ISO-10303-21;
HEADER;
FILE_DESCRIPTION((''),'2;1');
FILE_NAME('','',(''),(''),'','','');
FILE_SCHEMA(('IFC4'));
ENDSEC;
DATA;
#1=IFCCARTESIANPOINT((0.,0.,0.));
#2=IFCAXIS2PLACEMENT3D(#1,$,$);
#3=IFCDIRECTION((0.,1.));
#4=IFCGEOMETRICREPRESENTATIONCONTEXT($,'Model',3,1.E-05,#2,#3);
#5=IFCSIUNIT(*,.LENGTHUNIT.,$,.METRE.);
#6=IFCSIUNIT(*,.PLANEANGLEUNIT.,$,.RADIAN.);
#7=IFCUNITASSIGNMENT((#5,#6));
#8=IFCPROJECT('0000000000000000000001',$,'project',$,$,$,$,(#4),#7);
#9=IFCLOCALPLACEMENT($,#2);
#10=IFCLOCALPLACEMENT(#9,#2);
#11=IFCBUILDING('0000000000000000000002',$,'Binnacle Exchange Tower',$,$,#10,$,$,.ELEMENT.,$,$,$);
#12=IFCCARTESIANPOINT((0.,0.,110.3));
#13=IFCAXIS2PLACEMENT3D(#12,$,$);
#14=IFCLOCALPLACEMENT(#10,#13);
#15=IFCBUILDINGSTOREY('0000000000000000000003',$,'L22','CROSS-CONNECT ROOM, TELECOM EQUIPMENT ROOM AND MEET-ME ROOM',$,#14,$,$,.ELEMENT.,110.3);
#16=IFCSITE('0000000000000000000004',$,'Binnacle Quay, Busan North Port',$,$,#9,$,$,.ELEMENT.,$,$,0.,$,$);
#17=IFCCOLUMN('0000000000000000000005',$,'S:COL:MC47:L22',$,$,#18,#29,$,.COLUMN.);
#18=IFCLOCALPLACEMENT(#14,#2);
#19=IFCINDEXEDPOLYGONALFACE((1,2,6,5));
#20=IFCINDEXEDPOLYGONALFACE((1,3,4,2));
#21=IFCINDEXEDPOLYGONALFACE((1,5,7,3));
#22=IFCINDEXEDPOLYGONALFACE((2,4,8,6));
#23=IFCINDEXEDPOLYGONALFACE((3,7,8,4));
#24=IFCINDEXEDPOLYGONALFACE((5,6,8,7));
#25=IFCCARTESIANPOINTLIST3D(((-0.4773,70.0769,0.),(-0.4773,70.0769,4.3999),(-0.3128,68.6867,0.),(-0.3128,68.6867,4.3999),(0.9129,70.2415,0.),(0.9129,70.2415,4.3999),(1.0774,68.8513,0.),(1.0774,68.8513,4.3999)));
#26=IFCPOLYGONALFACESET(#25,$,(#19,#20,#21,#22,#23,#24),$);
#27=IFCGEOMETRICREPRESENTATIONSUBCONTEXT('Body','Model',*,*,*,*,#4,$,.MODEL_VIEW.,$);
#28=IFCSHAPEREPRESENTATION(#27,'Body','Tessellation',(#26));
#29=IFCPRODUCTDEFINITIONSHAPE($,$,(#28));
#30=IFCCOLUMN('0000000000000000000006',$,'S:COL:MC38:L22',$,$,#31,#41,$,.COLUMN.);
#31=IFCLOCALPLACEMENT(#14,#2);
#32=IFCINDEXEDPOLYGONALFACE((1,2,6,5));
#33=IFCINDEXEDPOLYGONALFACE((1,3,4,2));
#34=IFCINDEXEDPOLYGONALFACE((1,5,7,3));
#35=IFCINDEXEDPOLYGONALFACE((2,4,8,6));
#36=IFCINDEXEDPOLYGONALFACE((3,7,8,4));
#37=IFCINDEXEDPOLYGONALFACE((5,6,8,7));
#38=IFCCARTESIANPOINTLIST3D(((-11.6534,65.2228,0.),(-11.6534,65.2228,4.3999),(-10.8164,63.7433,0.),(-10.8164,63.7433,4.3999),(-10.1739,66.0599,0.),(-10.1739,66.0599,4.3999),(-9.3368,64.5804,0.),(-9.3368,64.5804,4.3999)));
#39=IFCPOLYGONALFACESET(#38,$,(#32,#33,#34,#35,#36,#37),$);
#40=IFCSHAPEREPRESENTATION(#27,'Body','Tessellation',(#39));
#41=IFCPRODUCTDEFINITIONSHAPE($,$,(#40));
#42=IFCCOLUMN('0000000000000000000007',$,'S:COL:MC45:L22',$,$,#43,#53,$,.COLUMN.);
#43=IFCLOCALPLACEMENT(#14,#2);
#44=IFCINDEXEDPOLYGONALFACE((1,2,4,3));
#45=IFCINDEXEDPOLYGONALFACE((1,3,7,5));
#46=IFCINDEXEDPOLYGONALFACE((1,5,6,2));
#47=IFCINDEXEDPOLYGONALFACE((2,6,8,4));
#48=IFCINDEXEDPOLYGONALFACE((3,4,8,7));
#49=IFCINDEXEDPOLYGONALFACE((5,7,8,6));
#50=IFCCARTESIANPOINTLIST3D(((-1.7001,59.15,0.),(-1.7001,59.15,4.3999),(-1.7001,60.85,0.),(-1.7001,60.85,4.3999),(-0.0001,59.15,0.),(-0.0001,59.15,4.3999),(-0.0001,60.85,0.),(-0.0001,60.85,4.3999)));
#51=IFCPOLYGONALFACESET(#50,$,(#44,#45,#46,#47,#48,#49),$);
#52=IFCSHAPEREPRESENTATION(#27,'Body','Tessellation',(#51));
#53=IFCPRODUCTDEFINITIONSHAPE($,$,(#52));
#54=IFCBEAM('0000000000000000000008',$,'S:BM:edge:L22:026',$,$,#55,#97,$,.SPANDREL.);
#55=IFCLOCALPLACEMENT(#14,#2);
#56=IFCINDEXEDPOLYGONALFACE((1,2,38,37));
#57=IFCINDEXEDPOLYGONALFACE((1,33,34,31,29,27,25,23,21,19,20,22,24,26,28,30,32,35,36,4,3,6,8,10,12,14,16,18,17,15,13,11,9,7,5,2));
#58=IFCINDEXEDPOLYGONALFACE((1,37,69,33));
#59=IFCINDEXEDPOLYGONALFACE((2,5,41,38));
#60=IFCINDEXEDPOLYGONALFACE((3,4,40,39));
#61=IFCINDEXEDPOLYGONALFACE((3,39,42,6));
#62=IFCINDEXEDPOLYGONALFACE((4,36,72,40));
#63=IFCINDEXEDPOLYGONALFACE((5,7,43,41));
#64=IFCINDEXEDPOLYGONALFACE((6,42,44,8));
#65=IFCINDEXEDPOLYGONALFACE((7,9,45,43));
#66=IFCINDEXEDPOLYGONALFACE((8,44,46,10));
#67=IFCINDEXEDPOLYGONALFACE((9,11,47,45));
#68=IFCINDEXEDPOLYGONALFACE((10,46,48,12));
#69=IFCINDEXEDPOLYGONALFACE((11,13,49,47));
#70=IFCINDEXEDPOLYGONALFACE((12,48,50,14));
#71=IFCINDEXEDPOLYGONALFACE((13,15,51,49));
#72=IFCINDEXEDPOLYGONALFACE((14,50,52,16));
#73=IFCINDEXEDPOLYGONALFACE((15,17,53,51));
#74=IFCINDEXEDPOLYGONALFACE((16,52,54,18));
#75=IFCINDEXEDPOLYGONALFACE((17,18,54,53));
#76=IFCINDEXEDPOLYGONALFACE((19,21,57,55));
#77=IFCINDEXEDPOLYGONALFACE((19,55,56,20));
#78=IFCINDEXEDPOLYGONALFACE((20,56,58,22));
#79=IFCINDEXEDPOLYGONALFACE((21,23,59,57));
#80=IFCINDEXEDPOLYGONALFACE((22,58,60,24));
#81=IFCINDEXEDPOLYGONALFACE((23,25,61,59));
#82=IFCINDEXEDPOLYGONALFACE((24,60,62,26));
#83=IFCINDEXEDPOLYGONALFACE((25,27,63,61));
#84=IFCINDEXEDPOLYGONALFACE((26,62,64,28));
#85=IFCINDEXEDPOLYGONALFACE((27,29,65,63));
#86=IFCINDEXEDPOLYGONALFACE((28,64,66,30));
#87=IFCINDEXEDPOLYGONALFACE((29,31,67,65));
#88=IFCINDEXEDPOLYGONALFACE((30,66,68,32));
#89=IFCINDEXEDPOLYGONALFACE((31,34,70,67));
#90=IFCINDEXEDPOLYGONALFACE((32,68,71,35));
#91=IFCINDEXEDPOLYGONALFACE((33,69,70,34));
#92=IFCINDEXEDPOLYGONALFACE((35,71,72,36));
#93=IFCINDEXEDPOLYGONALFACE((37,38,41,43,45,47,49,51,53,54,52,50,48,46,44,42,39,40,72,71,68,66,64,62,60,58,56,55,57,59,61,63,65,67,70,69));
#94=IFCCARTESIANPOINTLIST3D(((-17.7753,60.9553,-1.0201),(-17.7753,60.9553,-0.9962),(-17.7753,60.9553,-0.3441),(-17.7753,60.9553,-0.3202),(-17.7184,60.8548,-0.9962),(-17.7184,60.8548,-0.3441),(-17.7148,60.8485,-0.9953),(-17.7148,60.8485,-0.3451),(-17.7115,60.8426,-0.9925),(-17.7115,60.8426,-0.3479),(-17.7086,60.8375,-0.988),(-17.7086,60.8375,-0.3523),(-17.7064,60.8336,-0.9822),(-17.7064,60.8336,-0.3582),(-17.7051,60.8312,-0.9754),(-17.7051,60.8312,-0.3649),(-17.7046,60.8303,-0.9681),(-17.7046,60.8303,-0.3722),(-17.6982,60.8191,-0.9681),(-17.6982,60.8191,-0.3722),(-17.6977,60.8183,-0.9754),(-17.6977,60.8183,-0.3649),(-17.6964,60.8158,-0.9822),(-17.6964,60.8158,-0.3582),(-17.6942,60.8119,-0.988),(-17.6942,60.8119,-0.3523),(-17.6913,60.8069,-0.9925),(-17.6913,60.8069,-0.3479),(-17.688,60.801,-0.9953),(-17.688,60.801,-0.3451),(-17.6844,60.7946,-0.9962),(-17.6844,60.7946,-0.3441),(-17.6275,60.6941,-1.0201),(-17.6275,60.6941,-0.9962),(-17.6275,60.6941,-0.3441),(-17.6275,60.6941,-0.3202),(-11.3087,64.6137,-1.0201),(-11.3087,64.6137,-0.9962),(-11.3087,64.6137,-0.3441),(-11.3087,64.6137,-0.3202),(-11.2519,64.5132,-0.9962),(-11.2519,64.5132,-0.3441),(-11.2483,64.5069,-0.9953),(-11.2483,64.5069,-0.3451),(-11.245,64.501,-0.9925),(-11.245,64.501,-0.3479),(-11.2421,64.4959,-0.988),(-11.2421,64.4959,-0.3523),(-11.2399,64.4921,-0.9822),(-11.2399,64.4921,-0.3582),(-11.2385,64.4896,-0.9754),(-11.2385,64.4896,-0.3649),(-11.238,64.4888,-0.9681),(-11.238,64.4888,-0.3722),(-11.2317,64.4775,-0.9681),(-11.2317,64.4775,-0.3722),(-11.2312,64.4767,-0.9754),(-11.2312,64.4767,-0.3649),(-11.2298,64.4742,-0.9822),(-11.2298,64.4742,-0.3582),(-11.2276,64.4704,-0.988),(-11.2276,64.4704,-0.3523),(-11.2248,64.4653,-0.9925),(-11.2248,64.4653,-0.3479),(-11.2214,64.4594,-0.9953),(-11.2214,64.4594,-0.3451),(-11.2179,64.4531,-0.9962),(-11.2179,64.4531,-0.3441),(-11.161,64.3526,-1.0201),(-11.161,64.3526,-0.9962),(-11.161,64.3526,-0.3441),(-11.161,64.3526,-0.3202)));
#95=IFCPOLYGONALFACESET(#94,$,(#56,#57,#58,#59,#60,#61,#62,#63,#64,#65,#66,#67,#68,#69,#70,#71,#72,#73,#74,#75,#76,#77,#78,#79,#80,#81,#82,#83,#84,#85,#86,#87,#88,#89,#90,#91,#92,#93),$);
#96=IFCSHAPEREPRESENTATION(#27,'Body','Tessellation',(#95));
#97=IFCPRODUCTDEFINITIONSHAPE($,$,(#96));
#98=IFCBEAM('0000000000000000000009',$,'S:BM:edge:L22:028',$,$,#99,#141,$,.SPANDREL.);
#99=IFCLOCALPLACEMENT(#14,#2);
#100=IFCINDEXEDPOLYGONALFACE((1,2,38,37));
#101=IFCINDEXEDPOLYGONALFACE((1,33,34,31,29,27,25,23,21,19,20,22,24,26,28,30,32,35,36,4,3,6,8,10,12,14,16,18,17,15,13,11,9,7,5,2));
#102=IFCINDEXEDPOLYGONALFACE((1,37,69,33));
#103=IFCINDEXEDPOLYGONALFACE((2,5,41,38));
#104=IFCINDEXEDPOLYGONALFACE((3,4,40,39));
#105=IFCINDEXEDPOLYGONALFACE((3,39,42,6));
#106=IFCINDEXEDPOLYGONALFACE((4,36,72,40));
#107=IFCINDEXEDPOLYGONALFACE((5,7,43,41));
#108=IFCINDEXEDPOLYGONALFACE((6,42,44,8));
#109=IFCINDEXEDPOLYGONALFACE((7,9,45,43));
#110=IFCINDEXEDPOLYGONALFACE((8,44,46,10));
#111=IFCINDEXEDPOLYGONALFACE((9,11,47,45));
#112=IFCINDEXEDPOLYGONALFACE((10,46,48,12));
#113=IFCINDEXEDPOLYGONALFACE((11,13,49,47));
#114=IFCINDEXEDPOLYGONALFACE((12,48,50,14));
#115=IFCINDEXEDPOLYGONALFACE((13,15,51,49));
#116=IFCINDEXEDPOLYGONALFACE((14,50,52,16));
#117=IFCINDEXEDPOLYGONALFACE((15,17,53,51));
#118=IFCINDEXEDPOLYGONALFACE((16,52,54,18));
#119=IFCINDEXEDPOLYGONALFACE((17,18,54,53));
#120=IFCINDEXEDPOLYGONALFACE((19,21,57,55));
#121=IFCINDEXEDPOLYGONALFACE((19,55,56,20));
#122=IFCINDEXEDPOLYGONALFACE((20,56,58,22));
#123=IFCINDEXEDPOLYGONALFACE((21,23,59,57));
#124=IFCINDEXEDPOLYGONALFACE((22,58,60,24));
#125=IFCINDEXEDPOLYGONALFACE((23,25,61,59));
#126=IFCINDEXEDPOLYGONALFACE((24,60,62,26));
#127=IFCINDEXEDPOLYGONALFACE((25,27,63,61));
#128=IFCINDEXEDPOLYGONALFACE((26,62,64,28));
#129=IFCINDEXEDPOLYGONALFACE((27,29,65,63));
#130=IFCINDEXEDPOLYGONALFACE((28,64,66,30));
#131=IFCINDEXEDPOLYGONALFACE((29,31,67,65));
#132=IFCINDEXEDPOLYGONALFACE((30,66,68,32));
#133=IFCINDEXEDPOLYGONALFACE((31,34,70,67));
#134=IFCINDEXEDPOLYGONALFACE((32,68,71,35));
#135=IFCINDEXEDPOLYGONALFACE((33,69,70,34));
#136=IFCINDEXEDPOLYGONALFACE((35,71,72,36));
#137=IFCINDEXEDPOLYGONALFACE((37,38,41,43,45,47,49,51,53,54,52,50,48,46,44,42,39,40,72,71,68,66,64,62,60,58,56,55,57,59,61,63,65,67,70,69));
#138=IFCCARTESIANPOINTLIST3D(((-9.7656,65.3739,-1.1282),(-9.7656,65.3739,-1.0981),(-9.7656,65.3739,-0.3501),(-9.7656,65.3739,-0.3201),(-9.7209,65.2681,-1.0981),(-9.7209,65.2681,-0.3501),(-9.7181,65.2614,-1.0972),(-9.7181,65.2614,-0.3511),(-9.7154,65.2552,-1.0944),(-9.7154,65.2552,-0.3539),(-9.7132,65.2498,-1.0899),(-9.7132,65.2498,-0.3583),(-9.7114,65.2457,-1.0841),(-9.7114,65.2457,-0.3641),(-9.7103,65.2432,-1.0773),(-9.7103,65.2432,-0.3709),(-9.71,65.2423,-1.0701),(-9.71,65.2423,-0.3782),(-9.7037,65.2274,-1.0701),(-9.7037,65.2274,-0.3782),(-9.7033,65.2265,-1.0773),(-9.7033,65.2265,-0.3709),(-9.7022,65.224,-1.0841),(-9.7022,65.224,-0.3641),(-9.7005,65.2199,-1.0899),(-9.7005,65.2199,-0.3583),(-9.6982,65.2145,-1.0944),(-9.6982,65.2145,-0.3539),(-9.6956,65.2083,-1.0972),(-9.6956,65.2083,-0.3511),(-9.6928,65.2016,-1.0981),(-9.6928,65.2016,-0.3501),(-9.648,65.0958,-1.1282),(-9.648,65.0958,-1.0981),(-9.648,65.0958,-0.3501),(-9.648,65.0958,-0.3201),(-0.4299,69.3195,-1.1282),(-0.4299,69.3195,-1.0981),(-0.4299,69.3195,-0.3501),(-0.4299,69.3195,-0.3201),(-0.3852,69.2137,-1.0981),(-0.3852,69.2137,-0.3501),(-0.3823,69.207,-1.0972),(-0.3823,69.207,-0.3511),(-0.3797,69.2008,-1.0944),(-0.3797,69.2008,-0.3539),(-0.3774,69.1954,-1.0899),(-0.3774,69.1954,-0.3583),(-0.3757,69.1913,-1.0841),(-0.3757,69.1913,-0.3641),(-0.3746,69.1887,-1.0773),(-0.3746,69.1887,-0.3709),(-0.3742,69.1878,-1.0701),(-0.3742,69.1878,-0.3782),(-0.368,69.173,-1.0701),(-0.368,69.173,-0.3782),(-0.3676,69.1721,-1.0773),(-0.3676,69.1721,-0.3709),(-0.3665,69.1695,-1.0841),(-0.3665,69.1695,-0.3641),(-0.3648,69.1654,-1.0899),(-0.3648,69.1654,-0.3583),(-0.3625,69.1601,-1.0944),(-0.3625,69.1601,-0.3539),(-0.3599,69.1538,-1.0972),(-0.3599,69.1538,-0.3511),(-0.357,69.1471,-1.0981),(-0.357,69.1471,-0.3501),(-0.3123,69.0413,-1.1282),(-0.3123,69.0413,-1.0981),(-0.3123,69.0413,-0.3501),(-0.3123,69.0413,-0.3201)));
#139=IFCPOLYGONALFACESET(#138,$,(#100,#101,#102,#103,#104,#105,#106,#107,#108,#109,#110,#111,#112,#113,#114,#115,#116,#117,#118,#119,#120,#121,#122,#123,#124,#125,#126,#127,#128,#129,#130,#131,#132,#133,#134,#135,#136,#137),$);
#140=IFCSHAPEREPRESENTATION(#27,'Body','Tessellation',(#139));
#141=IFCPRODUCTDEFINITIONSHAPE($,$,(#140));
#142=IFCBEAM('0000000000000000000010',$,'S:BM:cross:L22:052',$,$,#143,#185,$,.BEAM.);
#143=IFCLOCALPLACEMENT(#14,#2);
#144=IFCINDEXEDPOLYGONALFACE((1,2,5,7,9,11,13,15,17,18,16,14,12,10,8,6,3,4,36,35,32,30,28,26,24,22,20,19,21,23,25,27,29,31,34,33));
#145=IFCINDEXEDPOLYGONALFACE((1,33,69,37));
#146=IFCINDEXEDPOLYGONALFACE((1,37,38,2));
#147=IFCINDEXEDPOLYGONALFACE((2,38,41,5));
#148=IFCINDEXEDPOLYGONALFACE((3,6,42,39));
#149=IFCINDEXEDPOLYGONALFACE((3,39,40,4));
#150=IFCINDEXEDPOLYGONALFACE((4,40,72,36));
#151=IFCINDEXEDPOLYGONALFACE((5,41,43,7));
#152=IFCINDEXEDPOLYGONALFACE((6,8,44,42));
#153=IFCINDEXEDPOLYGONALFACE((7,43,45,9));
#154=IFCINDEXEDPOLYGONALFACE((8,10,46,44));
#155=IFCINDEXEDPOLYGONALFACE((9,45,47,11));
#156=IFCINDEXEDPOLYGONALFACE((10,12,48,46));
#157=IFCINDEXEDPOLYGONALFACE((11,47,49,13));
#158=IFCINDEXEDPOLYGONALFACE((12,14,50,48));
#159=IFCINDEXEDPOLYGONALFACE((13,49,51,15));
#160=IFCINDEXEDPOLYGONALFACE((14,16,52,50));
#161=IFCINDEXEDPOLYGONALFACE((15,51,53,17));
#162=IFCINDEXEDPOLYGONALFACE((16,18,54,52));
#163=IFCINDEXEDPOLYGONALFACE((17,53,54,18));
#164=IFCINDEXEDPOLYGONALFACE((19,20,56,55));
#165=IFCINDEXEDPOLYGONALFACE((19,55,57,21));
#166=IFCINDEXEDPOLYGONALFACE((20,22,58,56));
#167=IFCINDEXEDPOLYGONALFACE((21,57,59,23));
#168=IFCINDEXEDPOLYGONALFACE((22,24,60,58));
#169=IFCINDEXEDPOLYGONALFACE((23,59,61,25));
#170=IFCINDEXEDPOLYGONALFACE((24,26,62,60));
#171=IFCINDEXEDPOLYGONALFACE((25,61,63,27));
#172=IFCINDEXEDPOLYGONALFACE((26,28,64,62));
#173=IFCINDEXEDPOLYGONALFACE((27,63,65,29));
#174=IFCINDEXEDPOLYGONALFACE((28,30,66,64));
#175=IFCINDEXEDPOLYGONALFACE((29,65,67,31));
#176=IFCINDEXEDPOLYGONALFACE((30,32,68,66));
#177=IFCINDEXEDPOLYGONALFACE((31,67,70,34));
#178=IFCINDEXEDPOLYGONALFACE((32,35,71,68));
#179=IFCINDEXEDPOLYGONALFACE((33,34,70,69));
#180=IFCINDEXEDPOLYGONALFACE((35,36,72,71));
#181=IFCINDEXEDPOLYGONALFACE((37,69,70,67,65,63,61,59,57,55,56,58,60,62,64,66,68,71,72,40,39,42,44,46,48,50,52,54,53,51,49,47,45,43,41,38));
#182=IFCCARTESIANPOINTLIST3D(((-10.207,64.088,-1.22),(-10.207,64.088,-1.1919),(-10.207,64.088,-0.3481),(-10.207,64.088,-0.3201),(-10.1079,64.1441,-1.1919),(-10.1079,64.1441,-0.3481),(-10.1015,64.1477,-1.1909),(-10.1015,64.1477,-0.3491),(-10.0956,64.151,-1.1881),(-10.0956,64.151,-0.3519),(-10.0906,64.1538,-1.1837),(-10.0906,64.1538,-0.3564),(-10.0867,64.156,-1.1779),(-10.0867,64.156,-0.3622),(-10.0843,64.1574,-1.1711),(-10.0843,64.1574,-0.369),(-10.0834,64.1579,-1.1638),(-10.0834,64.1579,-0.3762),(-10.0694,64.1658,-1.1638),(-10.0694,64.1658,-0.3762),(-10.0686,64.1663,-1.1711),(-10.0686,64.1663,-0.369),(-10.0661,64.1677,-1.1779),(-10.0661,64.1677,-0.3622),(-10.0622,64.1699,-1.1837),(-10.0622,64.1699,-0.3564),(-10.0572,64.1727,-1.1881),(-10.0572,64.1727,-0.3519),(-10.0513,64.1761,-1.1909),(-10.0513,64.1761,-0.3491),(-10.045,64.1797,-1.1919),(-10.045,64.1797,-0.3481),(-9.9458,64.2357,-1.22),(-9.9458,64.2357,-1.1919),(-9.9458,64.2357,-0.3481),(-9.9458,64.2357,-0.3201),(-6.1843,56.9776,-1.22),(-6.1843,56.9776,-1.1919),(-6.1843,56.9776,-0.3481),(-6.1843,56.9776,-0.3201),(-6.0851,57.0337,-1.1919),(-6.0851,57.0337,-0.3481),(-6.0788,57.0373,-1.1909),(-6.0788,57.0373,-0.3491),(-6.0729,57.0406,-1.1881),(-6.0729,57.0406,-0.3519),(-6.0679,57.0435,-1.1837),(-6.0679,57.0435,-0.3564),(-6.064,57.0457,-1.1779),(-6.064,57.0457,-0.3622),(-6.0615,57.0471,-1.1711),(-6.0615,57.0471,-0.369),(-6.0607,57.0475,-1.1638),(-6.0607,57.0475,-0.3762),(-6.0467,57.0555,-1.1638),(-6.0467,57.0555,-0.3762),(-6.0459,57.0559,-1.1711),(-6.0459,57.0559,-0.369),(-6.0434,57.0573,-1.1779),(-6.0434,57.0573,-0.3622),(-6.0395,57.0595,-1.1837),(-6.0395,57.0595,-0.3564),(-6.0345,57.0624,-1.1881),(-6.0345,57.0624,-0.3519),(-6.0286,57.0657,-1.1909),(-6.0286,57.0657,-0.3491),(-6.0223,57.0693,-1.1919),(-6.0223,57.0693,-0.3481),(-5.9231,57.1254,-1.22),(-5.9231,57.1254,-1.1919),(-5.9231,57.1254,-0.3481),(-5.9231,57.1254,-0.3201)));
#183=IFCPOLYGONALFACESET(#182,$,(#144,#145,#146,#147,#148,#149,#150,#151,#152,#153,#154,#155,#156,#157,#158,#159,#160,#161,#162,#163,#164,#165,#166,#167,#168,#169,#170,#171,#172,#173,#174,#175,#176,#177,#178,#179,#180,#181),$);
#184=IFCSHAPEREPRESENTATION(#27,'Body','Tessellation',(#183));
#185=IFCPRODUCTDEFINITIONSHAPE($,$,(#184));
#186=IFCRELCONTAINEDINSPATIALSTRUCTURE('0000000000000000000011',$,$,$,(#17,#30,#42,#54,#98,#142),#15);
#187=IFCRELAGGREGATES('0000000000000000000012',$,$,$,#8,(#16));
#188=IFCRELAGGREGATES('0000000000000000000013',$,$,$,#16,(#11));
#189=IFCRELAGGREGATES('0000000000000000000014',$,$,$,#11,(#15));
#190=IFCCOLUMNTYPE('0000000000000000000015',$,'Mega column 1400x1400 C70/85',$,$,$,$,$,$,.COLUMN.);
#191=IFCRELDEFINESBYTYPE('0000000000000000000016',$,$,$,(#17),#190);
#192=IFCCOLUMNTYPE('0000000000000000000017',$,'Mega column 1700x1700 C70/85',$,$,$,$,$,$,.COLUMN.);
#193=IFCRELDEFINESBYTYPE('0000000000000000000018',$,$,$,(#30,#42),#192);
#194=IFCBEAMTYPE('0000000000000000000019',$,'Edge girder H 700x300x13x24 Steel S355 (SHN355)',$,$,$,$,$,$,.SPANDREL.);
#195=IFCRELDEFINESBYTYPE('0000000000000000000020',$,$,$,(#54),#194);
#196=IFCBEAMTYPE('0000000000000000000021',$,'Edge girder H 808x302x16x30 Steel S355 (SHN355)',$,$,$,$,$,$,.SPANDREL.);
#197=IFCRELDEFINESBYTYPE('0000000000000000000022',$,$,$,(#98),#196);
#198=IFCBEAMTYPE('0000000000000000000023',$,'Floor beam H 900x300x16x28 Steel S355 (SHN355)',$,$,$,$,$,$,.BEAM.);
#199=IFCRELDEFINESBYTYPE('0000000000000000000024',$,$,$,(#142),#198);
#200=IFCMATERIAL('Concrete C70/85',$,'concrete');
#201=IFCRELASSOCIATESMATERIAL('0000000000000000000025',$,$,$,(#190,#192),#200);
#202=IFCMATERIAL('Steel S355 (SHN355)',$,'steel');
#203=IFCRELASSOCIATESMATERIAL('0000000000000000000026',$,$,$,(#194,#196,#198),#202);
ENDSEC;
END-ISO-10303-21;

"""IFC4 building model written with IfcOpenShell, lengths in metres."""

from ifc_helpers import new_model, si_unit, direction, frame, origin, origin_2d, place, context, subcontext, project, spatial, rectangle, i_section, extrude, material, material_profile, profile_set, type_object, element, save


model = new_model("IFC4")

# Units and contexts
model_context = context("Model", 3, precision=1e-05, world=origin(), true_north=direction((0.0, 1.0)))
body_context = subcontext(model_context, "Body", "Model", "MODEL_VIEW")
ifc_project = project(units=[si_unit("LENGTHUNIT", "METRE"), si_unit("PLANEANGLEUNIT", "RADIAN")], contexts=[model_context])

# Site, building, storey
site_placement = place(None, origin())
site = spatial("IfcSite", under=ifc_project, at=site_placement, Name="Binnacle Quay, Busan North Port", CompositionType="ELEMENT", RefElevation=0.0)
building_placement = place(site_placement, origin())
building = spatial("IfcBuilding", under=site, at=building_placement, Name="Binnacle Exchange Tower", CompositionType="ELEMENT")
storey_placement = place(building_placement, frame((0.0, 0.0, 110.3)))
storey = spatial("IfcBuildingStorey", under=building, at=storey_placement, Name="L22", Description="CROSS-CONNECT ROOM, TELECOM EQUIPMENT ROOM AND MEET-ME ROOM", CompositionType="ELEMENT", Elevation=110.3)

# Columns
ifc_material_1 = material(Name="Concrete C70/85", Category="concrete")
ifc_material_profile_1 = material_profile(ifc_material_1, rectangle(XDim=1.3999, YDim=1.3999, at=origin_2d()), Name="Mega column 1400x1400 C70/85")
ifc_profile_set_1 = profile_set([ifc_material_profile_1], Name="Concrete C70/85")
column_type_1 = type_object("IfcColumnType", Name="Mega column 1400x1400 C70/85", PredefinedType="COLUMN", material=ifc_profile_set_1)
column_placement = place(storey_placement, frame((0.3, 69.4641, 0.0), z_axis=(0.0, 0.0, 1.0), x_axis=(-0.993068, -0.117537, 0.0)))
element("IfcColumn", 1, at=column_placement, inside=storey, type_object=column_type_1, Name="S:COL:MC47:L22", PredefinedType="COLUMN", context=body_context, shape_type="SweptSolid", body=[
    extrude(rectangle(XDim=1.3999, YDim=1.3999, at=origin_2d()), origin(), (0.0, 0.0, 1.0), 4.3999),
])
ifc_material_profile_2 = material_profile(ifc_material_1, rectangle(XDim=1.7, YDim=1.7, at=origin_2d()), Name="Mega column 1700x1700 C70/85")
ifc_profile_set_2 = profile_set([ifc_material_profile_2], Name="Concrete C70/85")
column_type_2 = type_object("IfcColumnType", Name="Mega column 1700x1700 C70/85", PredefinedType="COLUMN", material=ifc_profile_set_2)
for number, where, z_axis, x_axis, name in (
    (2, (-10.4951, 64.9016, 0.0), (0.0, 0.0, 1.0), (-0.870356, -0.492424, 0.0), "S:COL:MC38:L22"),
    (3, (-0.8501, 60.0, 0.0), (0.0, 0.0, 1.0), (0.0, 1.0, 0.0), "S:COL:MC45:L22"),
):
    element("IfcColumn", number, at=place(storey_placement, frame(where, z_axis=z_axis, x_axis=x_axis)), inside=storey, type_object=column_type_2, Name=name, PredefinedType="COLUMN", context=body_context, shape_type="SweptSolid", body=[
        extrude(rectangle(XDim=1.7, YDim=1.7, at=origin_2d()), origin(), (0.0, 0.0, 1.0), 4.3999),
    ])

# Beams
ifc_material_2 = material(Name="Steel S355 (SHN355)", Category="steel")
ifc_material_profile_3 = material_profile(ifc_material_2, i_section(OverallWidth=0.3, OverallDepth=0.7, WebThickness=0.0129, FlangeThickness=0.0239, FilletRadius=0.0281, at=origin_2d()), Name="H 700x300x13x24")
ifc_profile_set_3 = profile_set([ifc_material_profile_3], Name="Steel S355 (SHN355)")
beam_type_1 = type_object("IfcBeamType", Name="Edge girder H 700x300x13x24 Steel S355 (SHN355)", PredefinedType="SPANDREL", material=ifc_profile_set_3)
beam_1_placement = place(storey_placement, frame((-11.2349, 64.4832, -0.6702), z_axis=(-0.870364, -0.492408, 0.0), x_axis=(0.492408, -0.870364, 0.0)))
element("IfcBeam", 4, at=beam_1_placement, inside=storey, type_object=beam_type_1, Name="S:BM:edge:L22:026", PredefinedType="SPANDREL", context=body_context, shape_type="SweptSolid", body=[
    extrude(i_section(OverallWidth=0.3, OverallDepth=0.7, WebThickness=0.0129, FlangeThickness=0.0239, FilletRadius=0.0281, at=origin_2d()), origin(), (0.0, 0.0, 1.0), 7.4297),
])
ifc_material_profile_4 = material_profile(ifc_material_2, i_section(OverallWidth=0.302, OverallDepth=0.8081, WebThickness=0.0161, FlangeThickness=0.03, FilletRadius=0.0281, at=origin_2d()), Name="H 808x302x16x30")
ifc_profile_set_4 = profile_set([ifc_material_profile_4], Name="Steel S355 (SHN355)")
beam_type_2 = type_object("IfcBeamType", Name="Edge girder H 808x302x16x30 Steel S355 (SHN355)", PredefinedType="SPANDREL", material=ifc_profile_set_4)
beam_2_placement = place(storey_placement, frame((-0.3711, 69.1804, -0.7241), z_axis=(-0.921114, -0.389292, 0.0), x_axis=(0.389292, -0.921114, 0.0)))
element("IfcBeam", 5, at=beam_2_placement, inside=storey, type_object=beam_type_2, Name="S:BM:edge:L22:028", PredefinedType="SPANDREL", context=body_context, shape_type="SweptSolid", body=[
    extrude(i_section(OverallWidth=0.302, OverallDepth=0.8081, WebThickness=0.0161, FlangeThickness=0.03, FilletRadius=0.0281, at=origin_2d()), origin(), (0.0, 0.0, 1.0), 10.1353),
])
ifc_material_profile_5 = material_profile(ifc_material_2, i_section(OverallWidth=0.3, OverallDepth=0.8999, WebThickness=0.0161, FlangeThickness=0.0281, FilletRadius=0.0281, at=origin_2d()), Name="H 900x300x16x28")
ifc_profile_set_5 = profile_set([ifc_material_profile_5], Name="Steel S355 (SHN355)")
beam_type_3 = type_object("IfcBeamType", Name="Floor beam H 900x300x16x28 Steel S355 (SHN355)", PredefinedType="BEAM", material=ifc_profile_set_5)
beam_3_placement = place(storey_placement, frame((-10.0764, 64.1619, -0.77), z_axis=(0.492411, -0.870363, 0.0), x_axis=(0.870363, 0.492411, 0.0)))
element("IfcBeam", 6, at=beam_3_placement, inside=storey, type_object=beam_type_3, Name="S:BM:cross:L22:052", PredefinedType="BEAM", context=body_context, shape_type="SweptSolid", body=[
    extrude(i_section(OverallWidth=0.3, OverallDepth=0.8999, WebThickness=0.0161, FlangeThickness=0.0281, FilletRadius=0.0281, at=origin_2d()), origin(), (0.0, 0.0, 1.0), 8.1694),
])

save(model, "model.ifc")
